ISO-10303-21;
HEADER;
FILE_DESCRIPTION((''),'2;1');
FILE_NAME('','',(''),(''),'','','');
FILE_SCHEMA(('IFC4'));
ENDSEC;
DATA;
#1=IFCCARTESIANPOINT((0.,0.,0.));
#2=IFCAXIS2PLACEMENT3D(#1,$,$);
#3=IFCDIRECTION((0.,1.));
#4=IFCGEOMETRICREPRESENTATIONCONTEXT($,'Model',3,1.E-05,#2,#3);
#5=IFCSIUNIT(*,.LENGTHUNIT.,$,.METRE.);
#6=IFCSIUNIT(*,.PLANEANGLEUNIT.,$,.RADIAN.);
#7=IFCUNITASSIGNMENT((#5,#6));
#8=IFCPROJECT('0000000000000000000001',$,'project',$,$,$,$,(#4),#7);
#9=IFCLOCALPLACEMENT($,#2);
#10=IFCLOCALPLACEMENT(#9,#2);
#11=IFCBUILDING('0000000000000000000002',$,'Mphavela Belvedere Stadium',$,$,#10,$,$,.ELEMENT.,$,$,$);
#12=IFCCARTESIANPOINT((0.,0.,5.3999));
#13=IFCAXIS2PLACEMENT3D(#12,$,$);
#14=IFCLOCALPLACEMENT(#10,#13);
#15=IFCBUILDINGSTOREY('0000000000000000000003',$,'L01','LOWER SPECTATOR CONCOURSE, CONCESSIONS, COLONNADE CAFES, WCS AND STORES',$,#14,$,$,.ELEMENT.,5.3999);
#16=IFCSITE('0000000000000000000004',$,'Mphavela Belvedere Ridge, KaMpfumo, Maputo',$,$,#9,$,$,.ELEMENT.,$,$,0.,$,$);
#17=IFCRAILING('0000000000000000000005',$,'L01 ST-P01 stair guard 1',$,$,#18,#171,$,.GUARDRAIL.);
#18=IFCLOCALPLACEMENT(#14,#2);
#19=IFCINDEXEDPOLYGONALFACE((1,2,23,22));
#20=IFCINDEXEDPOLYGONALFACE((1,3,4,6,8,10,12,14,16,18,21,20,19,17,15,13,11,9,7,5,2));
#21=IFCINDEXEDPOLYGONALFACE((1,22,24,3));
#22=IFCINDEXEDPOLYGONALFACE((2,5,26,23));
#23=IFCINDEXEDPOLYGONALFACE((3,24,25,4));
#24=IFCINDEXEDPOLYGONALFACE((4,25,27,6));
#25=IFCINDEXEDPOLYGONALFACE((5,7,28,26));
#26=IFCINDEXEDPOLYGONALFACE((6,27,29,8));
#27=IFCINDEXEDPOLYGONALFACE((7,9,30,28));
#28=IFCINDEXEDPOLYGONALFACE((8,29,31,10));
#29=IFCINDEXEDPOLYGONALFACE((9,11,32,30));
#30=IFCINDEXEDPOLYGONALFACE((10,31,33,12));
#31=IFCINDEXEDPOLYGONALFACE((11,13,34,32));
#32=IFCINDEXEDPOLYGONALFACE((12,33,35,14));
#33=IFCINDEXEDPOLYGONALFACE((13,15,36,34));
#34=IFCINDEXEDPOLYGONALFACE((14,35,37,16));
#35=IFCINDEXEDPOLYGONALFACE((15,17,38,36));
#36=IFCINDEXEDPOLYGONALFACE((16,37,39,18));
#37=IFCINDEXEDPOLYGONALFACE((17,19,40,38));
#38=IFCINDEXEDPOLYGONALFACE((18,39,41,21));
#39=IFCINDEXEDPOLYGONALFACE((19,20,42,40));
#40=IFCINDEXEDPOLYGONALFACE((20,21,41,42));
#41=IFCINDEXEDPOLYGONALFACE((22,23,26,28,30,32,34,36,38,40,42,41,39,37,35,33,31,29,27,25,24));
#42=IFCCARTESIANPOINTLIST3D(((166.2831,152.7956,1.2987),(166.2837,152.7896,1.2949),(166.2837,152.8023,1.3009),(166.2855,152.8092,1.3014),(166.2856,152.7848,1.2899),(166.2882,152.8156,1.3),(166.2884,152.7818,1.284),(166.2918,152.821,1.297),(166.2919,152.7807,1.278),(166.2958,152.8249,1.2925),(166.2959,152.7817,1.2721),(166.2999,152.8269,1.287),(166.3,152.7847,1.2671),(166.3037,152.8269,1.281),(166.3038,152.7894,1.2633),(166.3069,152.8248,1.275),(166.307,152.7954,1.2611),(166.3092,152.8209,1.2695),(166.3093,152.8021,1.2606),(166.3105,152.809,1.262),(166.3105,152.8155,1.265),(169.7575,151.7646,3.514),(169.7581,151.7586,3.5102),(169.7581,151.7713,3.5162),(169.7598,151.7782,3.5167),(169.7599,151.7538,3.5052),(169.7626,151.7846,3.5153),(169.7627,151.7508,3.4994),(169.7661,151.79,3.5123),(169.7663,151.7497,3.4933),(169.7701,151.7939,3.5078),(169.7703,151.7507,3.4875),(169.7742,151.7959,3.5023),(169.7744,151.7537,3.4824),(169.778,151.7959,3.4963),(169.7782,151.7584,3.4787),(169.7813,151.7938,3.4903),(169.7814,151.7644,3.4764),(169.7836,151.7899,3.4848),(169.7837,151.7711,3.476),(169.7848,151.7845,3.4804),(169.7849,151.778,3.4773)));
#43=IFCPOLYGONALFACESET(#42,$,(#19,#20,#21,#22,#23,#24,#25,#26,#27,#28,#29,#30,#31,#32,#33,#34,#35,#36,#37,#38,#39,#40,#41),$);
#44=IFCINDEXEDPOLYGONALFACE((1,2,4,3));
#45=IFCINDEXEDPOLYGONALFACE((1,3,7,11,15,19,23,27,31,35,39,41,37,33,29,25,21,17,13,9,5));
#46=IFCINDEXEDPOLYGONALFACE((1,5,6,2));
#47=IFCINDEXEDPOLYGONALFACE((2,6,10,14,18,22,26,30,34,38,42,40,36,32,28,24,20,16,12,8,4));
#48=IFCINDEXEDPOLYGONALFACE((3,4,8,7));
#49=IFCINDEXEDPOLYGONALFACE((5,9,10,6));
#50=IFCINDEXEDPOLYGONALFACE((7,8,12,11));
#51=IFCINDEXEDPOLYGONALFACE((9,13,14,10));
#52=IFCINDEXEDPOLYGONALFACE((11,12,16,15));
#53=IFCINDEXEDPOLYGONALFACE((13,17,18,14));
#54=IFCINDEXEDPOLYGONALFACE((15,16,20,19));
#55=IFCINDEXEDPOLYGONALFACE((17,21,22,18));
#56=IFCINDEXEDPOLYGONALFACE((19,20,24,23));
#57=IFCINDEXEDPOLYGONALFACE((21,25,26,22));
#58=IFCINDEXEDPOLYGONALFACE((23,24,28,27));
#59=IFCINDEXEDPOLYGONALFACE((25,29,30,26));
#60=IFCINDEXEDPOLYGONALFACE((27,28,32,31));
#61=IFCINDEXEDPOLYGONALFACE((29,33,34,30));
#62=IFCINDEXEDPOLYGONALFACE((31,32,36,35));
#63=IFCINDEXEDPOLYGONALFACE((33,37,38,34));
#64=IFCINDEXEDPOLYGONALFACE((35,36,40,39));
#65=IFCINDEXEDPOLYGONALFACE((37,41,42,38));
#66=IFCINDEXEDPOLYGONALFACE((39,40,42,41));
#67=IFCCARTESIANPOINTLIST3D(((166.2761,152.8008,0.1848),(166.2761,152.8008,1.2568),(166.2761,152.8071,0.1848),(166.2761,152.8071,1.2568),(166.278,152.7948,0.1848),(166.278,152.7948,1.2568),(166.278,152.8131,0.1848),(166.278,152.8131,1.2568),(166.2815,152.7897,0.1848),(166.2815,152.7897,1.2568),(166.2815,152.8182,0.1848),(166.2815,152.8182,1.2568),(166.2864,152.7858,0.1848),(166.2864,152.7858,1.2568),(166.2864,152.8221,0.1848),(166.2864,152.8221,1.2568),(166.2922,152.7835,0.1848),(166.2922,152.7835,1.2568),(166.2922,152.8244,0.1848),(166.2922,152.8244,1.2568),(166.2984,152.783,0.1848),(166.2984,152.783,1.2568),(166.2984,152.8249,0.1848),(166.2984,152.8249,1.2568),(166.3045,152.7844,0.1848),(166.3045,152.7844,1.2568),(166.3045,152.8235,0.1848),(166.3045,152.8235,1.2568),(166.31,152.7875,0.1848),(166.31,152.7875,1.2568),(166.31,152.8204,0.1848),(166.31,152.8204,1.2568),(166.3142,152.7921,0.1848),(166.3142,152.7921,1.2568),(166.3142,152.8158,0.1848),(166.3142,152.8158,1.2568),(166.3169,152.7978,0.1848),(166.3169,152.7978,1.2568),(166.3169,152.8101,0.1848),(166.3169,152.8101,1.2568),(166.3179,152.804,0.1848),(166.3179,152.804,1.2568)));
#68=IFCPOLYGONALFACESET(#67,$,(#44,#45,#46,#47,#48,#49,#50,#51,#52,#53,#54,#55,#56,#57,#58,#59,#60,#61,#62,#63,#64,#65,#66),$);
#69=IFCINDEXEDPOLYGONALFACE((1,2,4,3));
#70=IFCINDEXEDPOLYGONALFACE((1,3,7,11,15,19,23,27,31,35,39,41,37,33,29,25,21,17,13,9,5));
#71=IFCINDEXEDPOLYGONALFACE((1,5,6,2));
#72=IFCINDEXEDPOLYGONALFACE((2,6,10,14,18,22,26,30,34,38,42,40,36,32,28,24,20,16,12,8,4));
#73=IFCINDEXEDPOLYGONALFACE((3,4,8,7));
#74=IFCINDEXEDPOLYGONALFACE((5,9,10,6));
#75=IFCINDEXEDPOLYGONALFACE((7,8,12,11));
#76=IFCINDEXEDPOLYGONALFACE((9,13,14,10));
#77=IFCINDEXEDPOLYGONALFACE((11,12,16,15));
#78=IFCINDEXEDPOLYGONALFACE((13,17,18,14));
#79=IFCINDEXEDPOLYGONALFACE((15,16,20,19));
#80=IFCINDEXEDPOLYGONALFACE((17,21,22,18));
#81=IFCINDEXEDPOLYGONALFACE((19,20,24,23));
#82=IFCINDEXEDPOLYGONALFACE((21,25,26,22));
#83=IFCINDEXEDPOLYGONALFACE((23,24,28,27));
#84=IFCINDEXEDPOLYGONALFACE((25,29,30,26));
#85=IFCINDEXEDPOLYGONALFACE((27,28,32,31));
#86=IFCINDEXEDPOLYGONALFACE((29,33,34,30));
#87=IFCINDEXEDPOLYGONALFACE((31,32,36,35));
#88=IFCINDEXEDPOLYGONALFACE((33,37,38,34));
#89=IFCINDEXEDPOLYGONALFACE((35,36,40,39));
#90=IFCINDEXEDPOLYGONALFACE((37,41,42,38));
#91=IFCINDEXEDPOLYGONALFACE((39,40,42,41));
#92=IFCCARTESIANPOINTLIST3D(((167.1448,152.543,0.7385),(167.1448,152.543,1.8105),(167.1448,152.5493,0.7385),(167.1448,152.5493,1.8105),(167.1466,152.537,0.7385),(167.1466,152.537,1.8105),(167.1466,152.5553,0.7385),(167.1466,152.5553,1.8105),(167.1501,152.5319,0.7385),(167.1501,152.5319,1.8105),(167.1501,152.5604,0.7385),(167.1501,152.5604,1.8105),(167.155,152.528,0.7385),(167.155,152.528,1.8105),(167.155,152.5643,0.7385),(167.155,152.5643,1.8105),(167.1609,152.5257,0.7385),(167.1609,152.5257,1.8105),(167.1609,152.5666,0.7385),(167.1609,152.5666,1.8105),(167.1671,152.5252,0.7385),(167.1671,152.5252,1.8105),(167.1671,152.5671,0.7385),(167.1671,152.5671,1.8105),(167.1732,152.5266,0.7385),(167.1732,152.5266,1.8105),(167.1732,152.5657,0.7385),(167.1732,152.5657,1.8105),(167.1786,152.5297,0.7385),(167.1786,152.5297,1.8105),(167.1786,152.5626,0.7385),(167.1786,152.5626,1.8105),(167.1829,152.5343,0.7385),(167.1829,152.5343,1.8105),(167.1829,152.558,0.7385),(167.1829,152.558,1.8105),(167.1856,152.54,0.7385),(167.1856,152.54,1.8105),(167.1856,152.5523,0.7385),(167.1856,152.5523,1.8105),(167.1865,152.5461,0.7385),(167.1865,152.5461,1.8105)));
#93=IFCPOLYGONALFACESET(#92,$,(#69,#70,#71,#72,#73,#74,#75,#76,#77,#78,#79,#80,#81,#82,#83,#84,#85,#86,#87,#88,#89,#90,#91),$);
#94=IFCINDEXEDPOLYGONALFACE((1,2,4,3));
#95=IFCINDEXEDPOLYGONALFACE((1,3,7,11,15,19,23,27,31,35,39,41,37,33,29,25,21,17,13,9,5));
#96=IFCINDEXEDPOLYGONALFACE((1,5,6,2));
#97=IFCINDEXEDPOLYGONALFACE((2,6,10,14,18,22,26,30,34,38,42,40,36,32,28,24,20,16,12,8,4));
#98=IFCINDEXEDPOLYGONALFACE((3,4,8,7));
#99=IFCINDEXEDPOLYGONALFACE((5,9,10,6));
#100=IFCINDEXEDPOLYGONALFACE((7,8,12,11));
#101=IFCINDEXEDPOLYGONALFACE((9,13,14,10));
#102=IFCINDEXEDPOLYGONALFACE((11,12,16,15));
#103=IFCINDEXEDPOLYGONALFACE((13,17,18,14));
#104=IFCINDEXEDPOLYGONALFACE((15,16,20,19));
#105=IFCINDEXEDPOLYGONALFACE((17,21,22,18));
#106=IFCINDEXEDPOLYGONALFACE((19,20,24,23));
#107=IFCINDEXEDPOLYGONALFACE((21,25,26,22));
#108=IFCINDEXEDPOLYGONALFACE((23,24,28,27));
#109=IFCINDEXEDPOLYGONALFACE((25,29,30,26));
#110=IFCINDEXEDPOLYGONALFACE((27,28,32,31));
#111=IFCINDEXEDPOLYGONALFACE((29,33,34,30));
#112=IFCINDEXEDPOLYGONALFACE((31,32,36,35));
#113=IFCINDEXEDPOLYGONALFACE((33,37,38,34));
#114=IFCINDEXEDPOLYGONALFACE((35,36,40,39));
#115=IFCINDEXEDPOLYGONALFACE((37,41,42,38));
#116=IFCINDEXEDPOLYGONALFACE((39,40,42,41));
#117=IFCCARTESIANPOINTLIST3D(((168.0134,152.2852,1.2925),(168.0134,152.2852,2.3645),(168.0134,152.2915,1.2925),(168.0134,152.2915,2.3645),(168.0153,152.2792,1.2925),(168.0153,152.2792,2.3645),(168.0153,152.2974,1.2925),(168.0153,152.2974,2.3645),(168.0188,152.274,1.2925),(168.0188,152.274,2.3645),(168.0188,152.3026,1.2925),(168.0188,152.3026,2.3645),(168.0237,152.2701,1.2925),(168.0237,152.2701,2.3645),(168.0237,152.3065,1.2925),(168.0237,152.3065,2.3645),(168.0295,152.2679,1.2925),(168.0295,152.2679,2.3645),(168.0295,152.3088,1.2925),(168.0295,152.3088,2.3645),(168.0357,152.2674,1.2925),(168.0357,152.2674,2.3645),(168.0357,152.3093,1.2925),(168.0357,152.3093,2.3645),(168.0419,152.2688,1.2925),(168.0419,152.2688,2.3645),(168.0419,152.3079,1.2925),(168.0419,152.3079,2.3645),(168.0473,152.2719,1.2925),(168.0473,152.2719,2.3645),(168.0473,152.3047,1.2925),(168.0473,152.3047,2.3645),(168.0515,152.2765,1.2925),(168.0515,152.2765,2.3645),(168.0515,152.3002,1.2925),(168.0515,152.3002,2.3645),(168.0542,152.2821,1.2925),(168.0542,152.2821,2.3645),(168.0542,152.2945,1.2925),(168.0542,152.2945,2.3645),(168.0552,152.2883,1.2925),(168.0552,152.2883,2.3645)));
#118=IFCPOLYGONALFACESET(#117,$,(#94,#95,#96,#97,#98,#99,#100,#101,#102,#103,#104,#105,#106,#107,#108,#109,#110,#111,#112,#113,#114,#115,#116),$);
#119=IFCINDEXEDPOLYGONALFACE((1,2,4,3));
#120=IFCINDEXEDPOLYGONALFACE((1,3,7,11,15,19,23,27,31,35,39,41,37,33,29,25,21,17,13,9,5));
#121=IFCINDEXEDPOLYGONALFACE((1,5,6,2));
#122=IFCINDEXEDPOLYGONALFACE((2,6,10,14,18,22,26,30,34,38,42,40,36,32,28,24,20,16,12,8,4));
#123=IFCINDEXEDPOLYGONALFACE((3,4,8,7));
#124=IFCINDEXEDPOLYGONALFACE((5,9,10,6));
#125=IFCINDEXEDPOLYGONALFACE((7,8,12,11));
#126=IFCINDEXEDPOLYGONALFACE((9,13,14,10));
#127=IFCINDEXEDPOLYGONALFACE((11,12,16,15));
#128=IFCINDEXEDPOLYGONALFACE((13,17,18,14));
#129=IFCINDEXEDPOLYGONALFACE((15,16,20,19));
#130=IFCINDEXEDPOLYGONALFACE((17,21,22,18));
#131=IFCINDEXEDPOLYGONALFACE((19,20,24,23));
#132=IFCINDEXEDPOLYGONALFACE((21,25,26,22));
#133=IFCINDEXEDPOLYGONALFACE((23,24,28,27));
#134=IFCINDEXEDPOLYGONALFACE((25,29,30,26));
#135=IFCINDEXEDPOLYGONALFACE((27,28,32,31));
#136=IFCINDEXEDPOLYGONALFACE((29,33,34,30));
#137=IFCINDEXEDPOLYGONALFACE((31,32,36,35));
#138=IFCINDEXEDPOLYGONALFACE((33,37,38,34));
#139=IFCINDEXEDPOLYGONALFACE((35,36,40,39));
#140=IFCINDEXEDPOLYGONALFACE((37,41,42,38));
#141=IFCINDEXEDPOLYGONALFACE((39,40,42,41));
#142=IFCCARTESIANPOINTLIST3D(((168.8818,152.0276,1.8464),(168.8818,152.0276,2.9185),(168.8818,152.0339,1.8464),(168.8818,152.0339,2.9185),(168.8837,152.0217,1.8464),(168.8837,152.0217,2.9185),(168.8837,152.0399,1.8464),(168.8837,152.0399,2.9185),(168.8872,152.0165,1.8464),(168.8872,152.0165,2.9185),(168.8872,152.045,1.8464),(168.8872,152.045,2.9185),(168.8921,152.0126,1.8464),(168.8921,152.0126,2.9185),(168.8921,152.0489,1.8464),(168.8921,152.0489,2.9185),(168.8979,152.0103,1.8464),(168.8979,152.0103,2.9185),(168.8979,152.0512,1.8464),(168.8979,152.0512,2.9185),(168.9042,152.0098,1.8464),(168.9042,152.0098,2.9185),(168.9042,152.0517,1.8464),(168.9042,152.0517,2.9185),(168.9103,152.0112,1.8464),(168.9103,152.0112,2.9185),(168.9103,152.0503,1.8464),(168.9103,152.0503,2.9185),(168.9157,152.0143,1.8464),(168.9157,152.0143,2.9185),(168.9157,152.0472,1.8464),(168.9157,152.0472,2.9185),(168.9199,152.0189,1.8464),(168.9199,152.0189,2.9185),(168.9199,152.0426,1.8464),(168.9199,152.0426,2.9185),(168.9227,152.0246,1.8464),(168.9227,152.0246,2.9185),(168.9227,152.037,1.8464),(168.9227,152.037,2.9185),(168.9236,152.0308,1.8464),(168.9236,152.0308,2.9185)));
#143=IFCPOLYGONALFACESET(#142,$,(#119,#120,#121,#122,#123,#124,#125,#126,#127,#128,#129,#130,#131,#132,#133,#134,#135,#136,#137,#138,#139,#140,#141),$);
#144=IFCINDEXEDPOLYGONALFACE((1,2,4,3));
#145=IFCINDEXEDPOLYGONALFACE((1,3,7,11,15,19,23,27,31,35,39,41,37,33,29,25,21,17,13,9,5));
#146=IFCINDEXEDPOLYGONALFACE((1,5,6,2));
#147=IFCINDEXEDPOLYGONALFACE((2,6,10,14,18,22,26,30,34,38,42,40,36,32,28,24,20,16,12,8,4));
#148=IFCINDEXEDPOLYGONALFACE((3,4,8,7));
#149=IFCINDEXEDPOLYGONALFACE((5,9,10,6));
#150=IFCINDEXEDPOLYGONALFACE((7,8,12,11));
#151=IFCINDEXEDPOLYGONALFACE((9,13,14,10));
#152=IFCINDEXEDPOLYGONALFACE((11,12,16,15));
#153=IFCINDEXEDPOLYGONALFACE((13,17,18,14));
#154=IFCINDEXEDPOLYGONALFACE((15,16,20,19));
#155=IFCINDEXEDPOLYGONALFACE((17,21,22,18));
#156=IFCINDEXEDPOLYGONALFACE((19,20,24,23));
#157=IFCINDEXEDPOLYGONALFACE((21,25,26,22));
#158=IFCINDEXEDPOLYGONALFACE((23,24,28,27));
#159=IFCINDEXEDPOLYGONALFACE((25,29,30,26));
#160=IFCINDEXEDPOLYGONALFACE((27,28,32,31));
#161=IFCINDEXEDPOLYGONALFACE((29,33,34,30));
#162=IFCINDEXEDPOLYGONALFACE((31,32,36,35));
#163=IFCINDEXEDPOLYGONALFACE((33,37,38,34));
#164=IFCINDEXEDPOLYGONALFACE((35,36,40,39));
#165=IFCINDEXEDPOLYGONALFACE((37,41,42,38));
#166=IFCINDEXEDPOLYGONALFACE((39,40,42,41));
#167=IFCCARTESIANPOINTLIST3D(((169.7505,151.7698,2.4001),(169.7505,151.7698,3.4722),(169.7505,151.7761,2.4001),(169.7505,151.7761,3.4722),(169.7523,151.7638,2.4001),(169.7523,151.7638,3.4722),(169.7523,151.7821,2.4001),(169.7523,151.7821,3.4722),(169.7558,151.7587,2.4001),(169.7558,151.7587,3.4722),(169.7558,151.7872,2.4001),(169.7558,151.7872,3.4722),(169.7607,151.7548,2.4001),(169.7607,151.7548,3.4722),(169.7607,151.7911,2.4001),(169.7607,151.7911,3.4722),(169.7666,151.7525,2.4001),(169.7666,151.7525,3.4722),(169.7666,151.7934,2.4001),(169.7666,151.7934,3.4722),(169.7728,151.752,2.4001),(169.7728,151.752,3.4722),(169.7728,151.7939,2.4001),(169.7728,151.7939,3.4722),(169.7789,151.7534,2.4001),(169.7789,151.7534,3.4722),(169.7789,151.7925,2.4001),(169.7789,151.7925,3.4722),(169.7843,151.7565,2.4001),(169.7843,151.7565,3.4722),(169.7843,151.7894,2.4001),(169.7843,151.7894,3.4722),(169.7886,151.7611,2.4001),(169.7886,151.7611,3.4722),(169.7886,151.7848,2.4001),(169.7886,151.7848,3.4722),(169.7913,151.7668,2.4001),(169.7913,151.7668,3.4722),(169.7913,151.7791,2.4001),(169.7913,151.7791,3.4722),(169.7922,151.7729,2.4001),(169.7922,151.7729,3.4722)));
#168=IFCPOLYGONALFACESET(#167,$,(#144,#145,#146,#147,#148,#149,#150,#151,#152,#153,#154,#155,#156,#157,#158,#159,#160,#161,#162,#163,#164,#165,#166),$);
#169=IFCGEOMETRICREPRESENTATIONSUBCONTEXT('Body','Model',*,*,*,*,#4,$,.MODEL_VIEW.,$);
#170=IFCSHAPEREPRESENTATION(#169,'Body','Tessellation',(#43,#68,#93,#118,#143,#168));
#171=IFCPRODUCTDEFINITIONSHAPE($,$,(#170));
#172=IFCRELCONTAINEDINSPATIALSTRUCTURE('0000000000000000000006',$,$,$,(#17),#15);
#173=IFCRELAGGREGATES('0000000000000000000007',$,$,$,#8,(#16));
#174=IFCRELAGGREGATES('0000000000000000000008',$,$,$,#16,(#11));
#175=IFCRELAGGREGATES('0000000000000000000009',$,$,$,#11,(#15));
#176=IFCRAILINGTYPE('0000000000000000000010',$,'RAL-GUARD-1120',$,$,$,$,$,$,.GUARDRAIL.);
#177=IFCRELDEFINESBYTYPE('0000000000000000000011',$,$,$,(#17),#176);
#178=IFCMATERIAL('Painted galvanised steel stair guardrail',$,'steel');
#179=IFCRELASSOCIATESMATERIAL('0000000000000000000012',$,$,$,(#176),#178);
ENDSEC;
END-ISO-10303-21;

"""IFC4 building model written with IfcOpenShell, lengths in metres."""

from ifc_helpers import new_model, si_unit, direction, frame, origin, origin_2d, place, context, subcontext, project, spatial, circle, extrude, material, type_object, element, save


model = new_model("IFC4")

# Units and contexts
model_context = context("Model", 3, precision=1e-05, world=origin(), true_north=direction((0.0, 1.0)))
body_context = subcontext(model_context, "Body", "Model", "MODEL_VIEW")
ifc_project = project(units=[si_unit("LENGTHUNIT", "METRE"), si_unit("PLANEANGLEUNIT", "RADIAN")], contexts=[model_context])

# Site, building, storey
site_placement = place(None, origin())
site = spatial("IfcSite", under=ifc_project, at=site_placement, Name="Mphavela Belvedere Ridge, KaMpfumo, Maputo", CompositionType="ELEMENT", RefElevation=0.0)
building_placement = place(site_placement, origin())
building = spatial("IfcBuilding", under=site, at=building_placement, Name="Mphavela Belvedere Stadium", CompositionType="ELEMENT")
storey_placement = place(building_placement, frame((0.0, 0.0, 5.3999)))
storey = spatial("IfcBuildingStorey", under=building, at=storey_placement, Name="L01", Description="LOWER SPECTATOR CONCOURSE, CONCESSIONS, COLONNADE CAFES, WCS AND STORES", CompositionType="ELEMENT", Elevation=5.3999)

# Railing
ifc_material_1 = material(Name="Painted galvanised steel stair guardrail", Category="steel")
railing_type_1 = type_object("IfcRailingType", Name="RAL-GUARD-1120", PredefinedType="GUARDRAIL", material=ifc_material_1)
railing_1_placement = place(storey_placement, frame((166.2969, 152.804, 0.1848)))
element("IfcRailing", 1, at=railing_1_placement, inside=storey, type_object=railing_type_1, Name="L01 ST-P01 stair guard 1", PredefinedType="GUARDRAIL", context=body_context, shape_type="SweptSolid", body=[
    extrude(circle(Radius=0.0239, at=origin_2d()), frame((0.0, 0.0, 1.0962), z_axis=(0.817965, -0.242728, 0.521552), x_axis=(0.284485, 0.95868, 0.0)), (0.0, 0.0, 1.0), 4.2476),
    extrude(circle(Radius=0.021, at=origin_2d()), origin(), (0.0, 0.0, 1.0), 1.072),
    extrude(circle(Radius=0.021, at=origin_2d()), frame((0.8687, -0.2578, 0.5537)), (0.0, 0.0, 1.0), 1.072),
    extrude(circle(Radius=0.021, at=origin_2d()), frame((1.7373, -0.5156, 1.1077)), (0.0, 0.0, 1.0), 1.072),
    extrude(circle(Radius=0.021, at=origin_2d()), frame((2.6057, -0.7732, 1.6616)), (0.0, 0.0, 1.0), 1.072),
    extrude(circle(Radius=0.021, at=origin_2d()), frame((3.4744, -1.031, 2.2153)), (0.0, 0.0, 1.0), 1.072),
])

save(model, "model.ifc")
